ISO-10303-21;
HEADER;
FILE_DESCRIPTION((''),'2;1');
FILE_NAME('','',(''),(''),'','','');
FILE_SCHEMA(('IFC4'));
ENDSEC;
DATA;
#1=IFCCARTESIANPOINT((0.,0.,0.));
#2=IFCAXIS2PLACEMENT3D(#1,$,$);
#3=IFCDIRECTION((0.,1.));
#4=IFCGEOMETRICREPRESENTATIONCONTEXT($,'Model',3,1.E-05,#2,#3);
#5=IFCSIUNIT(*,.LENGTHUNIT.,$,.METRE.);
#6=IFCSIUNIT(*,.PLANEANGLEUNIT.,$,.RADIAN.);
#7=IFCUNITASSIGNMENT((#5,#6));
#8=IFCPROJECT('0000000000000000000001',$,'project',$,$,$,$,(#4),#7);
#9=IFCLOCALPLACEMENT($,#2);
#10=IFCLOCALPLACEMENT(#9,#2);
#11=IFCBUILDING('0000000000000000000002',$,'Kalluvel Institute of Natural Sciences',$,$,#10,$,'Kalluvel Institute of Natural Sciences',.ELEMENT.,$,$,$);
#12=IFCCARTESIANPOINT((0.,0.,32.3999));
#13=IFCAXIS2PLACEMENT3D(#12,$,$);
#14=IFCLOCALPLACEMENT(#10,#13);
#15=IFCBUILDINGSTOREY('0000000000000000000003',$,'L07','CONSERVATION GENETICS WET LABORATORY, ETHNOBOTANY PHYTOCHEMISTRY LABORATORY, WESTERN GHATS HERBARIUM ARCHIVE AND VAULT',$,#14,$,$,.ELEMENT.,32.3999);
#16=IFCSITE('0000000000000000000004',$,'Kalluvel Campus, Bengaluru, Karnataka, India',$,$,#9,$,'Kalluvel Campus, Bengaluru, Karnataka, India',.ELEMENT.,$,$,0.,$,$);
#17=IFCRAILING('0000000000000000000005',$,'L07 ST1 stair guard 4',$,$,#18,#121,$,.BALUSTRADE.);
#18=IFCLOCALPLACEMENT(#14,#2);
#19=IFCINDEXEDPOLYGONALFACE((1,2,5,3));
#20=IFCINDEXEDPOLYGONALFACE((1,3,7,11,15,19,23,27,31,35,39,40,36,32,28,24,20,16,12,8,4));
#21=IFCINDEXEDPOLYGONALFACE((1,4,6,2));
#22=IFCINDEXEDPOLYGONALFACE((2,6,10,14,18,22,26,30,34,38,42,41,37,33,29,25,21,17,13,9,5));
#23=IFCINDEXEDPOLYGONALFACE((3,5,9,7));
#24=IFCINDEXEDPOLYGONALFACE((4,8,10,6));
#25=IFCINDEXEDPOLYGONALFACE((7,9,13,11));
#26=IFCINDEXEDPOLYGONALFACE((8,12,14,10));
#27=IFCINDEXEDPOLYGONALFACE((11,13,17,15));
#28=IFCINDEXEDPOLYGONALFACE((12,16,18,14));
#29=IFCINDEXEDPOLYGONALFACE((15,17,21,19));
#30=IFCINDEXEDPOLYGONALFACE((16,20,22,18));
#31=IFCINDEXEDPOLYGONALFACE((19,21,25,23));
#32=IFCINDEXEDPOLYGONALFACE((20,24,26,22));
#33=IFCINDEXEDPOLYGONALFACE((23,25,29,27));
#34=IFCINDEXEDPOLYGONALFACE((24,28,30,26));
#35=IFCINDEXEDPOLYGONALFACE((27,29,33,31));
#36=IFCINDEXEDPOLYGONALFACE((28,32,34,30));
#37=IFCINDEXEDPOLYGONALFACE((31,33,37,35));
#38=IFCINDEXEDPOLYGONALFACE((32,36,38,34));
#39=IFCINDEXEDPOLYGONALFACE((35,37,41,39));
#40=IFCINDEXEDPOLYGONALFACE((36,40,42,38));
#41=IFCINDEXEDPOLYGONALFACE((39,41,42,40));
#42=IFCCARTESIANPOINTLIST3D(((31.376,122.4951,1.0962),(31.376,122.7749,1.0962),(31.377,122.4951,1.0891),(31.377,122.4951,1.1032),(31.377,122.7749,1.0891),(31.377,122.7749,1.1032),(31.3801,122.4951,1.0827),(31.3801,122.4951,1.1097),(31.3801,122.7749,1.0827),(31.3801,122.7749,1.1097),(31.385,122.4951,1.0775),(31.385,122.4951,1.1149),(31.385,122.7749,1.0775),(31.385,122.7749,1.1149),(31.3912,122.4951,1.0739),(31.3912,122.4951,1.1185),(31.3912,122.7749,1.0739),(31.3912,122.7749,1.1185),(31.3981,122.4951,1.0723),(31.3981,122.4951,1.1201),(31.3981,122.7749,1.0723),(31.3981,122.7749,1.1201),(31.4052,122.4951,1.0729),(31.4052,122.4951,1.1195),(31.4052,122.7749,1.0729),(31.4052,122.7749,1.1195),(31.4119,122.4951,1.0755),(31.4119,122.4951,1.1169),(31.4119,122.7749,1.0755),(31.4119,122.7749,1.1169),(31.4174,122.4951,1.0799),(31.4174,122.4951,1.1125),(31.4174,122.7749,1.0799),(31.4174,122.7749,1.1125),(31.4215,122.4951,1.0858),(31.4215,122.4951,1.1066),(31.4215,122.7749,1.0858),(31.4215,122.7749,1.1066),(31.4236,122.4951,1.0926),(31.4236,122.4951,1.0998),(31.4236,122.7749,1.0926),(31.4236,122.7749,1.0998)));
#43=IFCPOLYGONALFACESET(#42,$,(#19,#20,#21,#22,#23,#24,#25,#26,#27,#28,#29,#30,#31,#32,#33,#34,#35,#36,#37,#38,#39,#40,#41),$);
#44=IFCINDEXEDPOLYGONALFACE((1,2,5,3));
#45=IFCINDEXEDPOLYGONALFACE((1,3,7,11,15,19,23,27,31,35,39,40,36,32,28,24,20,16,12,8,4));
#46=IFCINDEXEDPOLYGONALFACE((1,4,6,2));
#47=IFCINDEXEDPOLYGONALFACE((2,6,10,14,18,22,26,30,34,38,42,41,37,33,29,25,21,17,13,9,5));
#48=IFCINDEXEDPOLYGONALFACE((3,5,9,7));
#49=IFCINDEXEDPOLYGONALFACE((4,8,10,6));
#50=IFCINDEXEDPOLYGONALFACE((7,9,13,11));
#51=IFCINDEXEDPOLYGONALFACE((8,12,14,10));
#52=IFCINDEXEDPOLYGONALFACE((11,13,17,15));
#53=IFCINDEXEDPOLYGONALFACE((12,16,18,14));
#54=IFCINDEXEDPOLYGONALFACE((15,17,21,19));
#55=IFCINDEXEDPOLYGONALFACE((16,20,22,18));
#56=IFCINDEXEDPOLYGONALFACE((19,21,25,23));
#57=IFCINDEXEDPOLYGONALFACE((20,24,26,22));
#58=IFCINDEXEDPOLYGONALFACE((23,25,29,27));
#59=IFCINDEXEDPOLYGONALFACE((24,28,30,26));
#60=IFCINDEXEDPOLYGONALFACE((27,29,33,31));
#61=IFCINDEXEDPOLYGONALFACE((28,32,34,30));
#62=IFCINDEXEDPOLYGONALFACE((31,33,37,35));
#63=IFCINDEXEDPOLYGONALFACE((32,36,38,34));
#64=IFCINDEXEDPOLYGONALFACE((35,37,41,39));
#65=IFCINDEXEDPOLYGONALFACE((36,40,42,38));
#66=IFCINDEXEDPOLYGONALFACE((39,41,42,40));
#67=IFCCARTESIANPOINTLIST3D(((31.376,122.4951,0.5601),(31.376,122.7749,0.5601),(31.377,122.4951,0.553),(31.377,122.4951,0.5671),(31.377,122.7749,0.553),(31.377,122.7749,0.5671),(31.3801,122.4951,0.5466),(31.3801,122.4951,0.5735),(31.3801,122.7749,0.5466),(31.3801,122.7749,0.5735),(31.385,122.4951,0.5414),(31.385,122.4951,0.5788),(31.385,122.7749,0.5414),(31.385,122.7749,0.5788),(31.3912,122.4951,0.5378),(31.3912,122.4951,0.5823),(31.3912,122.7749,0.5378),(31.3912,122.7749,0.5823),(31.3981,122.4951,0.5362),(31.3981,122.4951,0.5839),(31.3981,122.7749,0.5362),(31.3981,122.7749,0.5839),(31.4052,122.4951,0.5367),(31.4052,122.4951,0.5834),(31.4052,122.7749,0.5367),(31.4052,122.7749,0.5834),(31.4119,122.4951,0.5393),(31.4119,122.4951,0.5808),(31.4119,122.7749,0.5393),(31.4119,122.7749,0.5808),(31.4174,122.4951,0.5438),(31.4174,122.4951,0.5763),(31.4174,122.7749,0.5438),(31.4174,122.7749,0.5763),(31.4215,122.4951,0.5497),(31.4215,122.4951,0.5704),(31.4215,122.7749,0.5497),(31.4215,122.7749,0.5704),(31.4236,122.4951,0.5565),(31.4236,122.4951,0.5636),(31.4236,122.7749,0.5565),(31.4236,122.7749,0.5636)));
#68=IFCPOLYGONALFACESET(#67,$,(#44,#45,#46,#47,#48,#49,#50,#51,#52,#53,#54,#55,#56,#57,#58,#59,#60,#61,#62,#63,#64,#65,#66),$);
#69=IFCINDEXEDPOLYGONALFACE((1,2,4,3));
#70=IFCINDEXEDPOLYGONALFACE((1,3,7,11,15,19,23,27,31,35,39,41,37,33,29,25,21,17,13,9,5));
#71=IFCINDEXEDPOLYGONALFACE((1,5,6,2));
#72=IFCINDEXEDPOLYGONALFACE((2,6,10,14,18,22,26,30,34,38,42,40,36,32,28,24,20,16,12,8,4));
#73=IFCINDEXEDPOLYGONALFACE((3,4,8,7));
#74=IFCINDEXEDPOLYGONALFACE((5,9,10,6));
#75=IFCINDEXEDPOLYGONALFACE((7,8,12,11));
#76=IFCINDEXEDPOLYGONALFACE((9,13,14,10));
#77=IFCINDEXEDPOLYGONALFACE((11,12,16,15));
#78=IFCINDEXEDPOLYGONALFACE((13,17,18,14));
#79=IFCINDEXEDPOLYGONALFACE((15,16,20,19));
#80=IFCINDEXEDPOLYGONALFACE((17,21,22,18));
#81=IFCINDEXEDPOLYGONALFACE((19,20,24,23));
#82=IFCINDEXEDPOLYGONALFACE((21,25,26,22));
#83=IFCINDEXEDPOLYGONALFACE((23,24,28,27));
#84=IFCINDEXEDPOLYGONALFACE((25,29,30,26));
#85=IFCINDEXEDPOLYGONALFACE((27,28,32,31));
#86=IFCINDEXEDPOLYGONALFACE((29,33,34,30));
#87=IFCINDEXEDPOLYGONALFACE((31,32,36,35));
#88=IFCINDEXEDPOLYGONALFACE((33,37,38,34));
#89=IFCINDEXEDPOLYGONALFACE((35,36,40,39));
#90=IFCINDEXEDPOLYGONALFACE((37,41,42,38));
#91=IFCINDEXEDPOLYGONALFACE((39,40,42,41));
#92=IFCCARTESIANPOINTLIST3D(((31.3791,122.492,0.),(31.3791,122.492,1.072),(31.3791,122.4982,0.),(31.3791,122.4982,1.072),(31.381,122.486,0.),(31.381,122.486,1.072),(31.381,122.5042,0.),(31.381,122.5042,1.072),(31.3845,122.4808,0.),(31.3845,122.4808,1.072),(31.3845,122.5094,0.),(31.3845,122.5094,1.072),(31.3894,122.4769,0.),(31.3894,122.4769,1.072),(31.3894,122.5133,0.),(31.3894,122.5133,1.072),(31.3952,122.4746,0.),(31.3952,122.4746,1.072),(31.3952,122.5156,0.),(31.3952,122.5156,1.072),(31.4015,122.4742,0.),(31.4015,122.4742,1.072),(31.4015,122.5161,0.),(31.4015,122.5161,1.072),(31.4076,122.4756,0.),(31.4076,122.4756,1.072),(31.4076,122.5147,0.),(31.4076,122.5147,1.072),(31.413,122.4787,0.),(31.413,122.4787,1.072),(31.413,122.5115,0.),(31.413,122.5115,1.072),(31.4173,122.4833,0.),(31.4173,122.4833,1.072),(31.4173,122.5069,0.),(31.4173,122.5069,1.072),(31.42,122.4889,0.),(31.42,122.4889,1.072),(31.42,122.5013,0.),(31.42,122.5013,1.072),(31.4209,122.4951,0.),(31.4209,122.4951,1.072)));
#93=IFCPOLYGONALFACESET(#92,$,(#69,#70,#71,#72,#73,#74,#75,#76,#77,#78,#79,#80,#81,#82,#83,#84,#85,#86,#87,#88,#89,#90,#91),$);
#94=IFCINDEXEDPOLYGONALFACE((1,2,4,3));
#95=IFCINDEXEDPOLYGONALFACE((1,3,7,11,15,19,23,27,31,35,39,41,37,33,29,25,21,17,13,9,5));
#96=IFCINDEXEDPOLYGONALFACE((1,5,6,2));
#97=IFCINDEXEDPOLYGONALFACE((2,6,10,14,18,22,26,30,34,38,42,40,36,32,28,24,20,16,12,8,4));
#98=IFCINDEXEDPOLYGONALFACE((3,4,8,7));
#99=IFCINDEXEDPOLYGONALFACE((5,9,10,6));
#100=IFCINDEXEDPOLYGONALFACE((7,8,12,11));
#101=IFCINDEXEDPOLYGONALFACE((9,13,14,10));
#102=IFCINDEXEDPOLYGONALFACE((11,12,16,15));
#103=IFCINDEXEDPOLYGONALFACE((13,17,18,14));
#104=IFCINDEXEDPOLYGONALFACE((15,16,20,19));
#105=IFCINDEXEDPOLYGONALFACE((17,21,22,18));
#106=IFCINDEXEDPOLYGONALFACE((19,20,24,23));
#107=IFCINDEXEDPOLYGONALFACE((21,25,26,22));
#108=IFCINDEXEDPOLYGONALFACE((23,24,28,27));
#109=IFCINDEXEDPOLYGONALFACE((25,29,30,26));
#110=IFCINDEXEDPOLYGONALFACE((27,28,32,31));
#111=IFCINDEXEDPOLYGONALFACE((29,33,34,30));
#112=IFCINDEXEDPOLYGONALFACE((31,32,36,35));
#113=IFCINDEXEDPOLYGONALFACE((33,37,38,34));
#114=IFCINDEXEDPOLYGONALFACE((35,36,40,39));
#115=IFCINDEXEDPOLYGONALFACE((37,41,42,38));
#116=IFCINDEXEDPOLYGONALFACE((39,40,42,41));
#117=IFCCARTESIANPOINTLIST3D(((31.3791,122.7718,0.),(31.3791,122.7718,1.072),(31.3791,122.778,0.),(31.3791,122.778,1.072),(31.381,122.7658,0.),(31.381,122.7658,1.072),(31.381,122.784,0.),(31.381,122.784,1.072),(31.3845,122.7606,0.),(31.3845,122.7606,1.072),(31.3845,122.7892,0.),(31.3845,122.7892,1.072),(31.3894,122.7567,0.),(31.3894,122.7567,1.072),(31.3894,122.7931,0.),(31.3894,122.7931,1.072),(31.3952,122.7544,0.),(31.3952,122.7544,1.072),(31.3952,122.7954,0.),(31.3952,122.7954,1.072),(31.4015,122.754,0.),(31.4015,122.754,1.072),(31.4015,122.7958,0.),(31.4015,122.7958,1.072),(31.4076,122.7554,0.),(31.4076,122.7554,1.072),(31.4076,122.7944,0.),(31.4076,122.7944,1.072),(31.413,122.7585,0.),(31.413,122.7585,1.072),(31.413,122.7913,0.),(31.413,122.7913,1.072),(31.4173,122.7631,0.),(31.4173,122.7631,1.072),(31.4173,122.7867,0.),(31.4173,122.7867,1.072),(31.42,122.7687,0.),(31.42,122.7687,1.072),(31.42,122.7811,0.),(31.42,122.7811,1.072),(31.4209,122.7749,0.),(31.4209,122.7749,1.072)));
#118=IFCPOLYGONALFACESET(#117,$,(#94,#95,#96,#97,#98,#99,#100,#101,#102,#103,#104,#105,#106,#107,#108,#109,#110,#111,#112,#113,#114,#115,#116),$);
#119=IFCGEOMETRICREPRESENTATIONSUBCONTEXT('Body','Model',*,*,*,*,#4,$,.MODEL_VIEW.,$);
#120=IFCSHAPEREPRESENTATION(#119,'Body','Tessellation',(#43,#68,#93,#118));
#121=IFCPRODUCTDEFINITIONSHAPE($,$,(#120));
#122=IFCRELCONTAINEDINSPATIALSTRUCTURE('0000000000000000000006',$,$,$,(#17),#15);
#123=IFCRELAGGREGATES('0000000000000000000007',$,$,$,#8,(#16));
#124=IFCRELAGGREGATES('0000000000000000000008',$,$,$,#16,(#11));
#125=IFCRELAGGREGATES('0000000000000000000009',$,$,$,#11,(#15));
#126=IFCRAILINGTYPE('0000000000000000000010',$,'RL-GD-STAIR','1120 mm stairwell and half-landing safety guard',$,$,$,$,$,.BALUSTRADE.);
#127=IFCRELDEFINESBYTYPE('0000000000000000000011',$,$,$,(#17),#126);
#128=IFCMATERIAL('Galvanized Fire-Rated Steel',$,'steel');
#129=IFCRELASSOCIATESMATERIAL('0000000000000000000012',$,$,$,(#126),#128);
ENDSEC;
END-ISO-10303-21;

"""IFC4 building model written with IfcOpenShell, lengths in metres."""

from ifc_helpers import new_model, si_unit, direction, frame, origin, origin_2d, place, context, subcontext, project, spatial, circle, extrude, material, type_object, element, save


model = new_model("IFC4")

# Units and contexts
model_context = context("Model", 3, precision=1e-05, world=origin(), true_north=direction((0.0, 1.0)))
body_context = subcontext(model_context, "Body", "Model", "MODEL_VIEW")
ifc_project = project(units=[si_unit("LENGTHUNIT", "METRE"), si_unit("PLANEANGLEUNIT", "RADIAN")], contexts=[model_context])

# Site, building, storey
site_placement = place(None, origin())
site = spatial("IfcSite", under=ifc_project, at=site_placement, Name="Kalluvel Campus, Bengaluru, Karnataka, India", LongName="Kalluvel Campus, Bengaluru, Karnataka, India", CompositionType="ELEMENT", RefElevation=0.0)
building_placement = place(site_placement, origin())
building = spatial("IfcBuilding", under=site, at=building_placement, Name="Kalluvel Institute of Natural Sciences", LongName="Kalluvel Institute of Natural Sciences", CompositionType="ELEMENT")
storey_placement = place(building_placement, frame((0.0, 0.0, 32.3999)))
storey = spatial("IfcBuildingStorey", under=building, at=storey_placement, Name="L07", Description="CONSERVATION GENETICS WET LABORATORY, ETHNOBOTANY PHYTOCHEMISTRY LABORATORY, WESTERN GHATS HERBARIUM ARCHIVE AND VAULT", CompositionType="ELEMENT", Elevation=32.3999)

# Shared definitions
ifc_material_1 = material(Name="Galvanized Fire-Rated Steel", Category="steel")

# Railing
railing_type_1 = type_object("IfcRailingType", Name="RL-GD-STAIR", Description="1120 mm stairwell and half-landing safety guard", PredefinedType="BALUSTRADE", material=ifc_material_1)
railing_1_placement = place(storey_placement, frame((31.3999, 122.4951, 0.0)))
element("IfcRailing", 1, at=railing_1_placement, inside=storey, type_object=railing_type_1, Name="L07 ST1 stair guard 4", PredefinedType="BALUSTRADE", context=body_context, shape_type="SweptSolid", body=[
    extrude(circle(Radius=0.0239, at=origin_2d()), frame((0.0, 0.0, 1.0962), z_axis=(0.0, 1.0, 0.0), x_axis=(-1.0, 0.0, 0.0)), (0.0, 0.0, 1.0), 0.2798),
    extrude(circle(Radius=0.0239, at=origin_2d()), frame((0.0, 0.0, 0.5601), z_axis=(0.0, 1.0, 0.0), x_axis=(-1.0, 0.0, 0.0)), (0.0, 0.0, 1.0), 0.2798),
    extrude(circle(Radius=0.021, at=origin_2d()), origin(), (0.0, 0.0, 1.0), 1.072),
    extrude(circle(Radius=0.021, at=origin_2d()), frame((0.0, 0.2798, 0.0)), (0.0, 0.0, 1.0), 1.072),
])

save(model, "model.ifc")
